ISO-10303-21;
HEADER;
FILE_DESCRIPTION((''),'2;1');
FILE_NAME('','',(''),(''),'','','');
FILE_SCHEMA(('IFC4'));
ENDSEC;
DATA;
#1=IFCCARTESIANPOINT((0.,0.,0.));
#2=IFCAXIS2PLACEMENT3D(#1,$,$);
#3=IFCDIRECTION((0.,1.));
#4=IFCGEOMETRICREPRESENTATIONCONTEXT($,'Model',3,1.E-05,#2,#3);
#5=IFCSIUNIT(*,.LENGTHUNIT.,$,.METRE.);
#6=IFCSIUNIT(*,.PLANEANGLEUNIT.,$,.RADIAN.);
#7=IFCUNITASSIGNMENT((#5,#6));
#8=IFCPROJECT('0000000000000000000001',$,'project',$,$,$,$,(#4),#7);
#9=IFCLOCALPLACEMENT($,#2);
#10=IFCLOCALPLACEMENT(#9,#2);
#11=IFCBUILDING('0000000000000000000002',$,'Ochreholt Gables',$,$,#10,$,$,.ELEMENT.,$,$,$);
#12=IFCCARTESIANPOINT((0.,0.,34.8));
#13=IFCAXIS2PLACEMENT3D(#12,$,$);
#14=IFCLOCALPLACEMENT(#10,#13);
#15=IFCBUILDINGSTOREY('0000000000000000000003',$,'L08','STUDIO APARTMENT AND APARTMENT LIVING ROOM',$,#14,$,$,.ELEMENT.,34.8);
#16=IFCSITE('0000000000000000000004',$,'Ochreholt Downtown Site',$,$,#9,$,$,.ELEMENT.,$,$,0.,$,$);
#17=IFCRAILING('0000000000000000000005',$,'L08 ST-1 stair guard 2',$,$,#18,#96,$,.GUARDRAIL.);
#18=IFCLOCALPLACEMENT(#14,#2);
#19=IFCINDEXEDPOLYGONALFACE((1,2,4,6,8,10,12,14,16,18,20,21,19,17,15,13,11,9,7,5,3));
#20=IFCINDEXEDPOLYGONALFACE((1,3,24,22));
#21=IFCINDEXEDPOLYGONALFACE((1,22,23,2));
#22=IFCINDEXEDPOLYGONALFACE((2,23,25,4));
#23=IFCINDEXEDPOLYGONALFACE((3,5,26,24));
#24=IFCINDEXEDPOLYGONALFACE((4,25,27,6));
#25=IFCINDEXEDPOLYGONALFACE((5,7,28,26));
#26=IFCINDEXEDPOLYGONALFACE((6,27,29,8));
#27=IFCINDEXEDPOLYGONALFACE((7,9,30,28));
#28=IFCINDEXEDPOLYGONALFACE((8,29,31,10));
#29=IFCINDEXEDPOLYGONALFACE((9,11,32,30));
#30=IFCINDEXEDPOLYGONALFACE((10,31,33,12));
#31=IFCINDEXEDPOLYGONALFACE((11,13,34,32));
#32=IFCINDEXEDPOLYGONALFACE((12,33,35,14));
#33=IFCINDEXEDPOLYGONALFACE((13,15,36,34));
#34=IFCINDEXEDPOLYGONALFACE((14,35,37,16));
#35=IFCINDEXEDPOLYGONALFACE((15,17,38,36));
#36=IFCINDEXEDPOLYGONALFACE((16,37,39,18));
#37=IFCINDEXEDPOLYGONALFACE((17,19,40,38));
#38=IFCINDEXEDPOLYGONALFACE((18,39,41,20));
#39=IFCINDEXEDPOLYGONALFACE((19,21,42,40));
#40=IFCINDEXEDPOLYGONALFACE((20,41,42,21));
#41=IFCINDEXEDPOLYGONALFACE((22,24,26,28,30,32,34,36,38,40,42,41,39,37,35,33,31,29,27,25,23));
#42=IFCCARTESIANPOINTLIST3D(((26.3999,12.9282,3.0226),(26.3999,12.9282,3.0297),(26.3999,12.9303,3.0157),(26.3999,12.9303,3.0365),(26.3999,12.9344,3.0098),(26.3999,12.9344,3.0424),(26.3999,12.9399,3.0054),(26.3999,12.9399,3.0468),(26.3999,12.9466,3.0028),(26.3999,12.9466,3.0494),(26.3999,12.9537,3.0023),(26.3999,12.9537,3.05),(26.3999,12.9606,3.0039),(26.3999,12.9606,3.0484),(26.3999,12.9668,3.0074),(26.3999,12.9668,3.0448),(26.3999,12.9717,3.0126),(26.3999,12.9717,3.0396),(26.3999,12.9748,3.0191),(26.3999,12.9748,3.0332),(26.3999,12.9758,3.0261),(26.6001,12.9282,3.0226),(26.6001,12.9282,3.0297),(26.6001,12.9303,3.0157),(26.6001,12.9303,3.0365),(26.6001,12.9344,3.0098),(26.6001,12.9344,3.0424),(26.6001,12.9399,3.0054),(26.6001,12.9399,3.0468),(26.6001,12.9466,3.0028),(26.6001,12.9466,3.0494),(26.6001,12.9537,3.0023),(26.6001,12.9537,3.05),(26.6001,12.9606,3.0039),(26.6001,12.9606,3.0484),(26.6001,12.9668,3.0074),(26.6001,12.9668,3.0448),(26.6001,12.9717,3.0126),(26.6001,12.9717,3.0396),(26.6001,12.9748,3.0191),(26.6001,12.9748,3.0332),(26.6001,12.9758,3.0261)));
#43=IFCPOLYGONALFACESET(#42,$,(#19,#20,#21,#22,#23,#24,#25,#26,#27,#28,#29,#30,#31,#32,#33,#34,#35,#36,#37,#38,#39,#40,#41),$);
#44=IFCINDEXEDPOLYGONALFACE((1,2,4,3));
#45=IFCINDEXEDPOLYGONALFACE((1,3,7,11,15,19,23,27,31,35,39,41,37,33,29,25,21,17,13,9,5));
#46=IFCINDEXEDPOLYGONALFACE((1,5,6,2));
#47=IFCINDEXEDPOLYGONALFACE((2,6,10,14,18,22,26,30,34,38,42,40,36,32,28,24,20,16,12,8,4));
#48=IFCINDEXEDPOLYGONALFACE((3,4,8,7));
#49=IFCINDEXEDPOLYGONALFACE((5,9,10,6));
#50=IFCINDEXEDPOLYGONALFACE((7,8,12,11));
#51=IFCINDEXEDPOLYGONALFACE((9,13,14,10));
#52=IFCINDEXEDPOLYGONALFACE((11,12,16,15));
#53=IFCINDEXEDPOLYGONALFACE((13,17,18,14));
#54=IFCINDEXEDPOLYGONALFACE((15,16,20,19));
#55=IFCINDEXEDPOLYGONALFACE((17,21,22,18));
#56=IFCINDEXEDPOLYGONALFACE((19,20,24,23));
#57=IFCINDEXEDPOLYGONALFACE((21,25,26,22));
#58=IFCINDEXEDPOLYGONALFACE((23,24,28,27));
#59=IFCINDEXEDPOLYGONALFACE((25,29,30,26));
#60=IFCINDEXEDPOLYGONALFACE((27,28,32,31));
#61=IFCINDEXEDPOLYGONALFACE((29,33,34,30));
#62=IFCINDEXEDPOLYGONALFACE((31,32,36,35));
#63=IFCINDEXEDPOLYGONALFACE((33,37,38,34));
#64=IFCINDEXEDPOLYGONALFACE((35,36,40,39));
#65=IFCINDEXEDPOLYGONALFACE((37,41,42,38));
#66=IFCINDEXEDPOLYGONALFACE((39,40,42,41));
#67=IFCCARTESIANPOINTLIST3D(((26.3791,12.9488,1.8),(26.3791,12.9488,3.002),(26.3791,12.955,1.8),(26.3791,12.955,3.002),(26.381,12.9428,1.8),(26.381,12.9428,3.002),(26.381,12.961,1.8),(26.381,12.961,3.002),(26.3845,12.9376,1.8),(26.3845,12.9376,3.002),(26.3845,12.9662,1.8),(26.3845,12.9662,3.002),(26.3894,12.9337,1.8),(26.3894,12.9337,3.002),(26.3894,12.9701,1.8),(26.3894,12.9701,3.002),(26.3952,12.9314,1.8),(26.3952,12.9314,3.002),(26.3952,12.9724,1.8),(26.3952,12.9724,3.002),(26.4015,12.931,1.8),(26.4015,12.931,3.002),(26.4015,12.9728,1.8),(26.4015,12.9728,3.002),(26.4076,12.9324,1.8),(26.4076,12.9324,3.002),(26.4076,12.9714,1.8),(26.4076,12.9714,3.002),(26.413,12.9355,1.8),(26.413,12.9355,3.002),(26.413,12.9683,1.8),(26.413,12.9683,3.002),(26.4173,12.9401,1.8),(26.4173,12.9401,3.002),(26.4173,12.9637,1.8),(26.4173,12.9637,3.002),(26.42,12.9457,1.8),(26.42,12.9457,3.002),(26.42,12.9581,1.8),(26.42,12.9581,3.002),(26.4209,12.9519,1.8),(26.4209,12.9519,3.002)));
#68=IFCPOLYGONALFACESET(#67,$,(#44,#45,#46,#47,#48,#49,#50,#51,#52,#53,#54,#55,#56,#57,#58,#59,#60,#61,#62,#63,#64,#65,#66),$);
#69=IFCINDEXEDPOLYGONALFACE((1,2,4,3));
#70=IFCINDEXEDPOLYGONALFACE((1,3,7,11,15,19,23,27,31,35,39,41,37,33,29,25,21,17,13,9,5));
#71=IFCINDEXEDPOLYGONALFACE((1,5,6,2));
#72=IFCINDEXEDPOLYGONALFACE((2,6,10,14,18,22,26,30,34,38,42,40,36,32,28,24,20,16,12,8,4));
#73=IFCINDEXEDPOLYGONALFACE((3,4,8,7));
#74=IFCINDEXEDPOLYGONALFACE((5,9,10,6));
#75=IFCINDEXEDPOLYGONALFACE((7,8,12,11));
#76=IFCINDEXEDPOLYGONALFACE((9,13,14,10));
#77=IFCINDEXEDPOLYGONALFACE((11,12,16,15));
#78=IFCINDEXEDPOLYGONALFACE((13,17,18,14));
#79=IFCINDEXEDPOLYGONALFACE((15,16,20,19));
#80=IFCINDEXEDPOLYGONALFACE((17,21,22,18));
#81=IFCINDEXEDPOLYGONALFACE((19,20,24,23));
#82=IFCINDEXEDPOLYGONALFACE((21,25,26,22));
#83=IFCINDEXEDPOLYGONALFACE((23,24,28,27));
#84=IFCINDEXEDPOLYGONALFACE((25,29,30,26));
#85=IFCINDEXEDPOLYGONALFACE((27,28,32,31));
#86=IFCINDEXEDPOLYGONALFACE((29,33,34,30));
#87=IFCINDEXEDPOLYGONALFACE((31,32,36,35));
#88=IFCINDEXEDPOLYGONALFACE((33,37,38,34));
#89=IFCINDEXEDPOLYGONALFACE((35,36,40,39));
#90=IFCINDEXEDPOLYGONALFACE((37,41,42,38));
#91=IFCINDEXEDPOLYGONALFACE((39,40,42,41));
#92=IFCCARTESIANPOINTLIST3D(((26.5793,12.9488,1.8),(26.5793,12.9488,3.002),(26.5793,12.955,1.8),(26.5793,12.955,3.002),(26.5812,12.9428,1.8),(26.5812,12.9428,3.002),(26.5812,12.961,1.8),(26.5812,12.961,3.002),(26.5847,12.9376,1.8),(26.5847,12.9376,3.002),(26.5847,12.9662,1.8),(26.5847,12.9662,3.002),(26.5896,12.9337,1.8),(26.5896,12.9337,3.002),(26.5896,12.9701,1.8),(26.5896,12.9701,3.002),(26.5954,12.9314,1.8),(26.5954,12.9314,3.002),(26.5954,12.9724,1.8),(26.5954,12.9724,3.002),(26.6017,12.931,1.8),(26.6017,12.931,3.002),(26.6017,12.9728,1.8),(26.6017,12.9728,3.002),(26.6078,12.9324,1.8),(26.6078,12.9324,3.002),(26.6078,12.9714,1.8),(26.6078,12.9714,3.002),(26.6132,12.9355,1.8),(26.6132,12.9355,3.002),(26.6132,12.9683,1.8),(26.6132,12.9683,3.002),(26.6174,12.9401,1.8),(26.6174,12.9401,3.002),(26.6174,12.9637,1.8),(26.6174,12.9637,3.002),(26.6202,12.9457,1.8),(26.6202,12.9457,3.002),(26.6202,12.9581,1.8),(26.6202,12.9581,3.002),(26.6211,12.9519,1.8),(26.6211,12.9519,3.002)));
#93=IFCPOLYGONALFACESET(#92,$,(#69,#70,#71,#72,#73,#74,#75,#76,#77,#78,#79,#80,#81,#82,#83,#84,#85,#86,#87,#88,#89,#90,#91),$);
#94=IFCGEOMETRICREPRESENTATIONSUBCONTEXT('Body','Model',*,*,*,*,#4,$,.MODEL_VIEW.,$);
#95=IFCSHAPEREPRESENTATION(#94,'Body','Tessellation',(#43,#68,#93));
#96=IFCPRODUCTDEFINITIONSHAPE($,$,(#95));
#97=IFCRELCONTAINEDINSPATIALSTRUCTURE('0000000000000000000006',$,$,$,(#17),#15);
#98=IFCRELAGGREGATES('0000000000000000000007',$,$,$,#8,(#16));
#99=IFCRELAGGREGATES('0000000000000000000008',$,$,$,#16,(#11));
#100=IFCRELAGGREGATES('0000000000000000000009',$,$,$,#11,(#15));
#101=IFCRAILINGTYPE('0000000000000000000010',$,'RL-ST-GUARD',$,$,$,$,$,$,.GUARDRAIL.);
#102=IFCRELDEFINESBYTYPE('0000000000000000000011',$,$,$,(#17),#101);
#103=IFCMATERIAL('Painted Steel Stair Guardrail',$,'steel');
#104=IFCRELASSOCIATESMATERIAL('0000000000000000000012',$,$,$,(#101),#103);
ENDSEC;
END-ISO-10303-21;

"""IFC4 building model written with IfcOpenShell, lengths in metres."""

from ifc_helpers import new_model, si_unit, direction, frame, origin, origin_2d, place, context, subcontext, project, spatial, circle, extrude, material, type_object, element, save


model = new_model("IFC4")

# Units and contexts
model_context = context("Model", 3, precision=1e-05, world=origin(), true_north=direction((0.0, 1.0)))
body_context = subcontext(model_context, "Body", "Model", "MODEL_VIEW")
ifc_project = project(units=[si_unit("LENGTHUNIT", "METRE"), si_unit("PLANEANGLEUNIT", "RADIAN")], contexts=[model_context])

# Site, building, storey
site_placement = place(None, origin())
site = spatial("IfcSite", under=ifc_project, at=site_placement, Name="Ochreholt Downtown Site", CompositionType="ELEMENT", RefElevation=0.0)
building_placement = place(site_placement, origin())
building = spatial("IfcBuilding", under=site, at=building_placement, Name="Ochreholt Gables", CompositionType="ELEMENT")
storey_placement = place(building_placement, frame((0.0, 0.0, 34.8)))
storey = spatial("IfcBuildingStorey", under=building, at=storey_placement, Name="L08", Description="STUDIO APARTMENT AND APARTMENT LIVING ROOM", CompositionType="ELEMENT", Elevation=34.8)

# Railing
ifc_material_1 = material(Name="Painted Steel Stair Guardrail", Category="steel")
railing_type_1 = type_object("IfcRailingType", Name="RL-ST-GUARD", PredefinedType="GUARDRAIL", material=ifc_material_1)
railing_1_placement = place(storey_placement, frame((26.3999, 12.9519, 1.8)))
element("IfcRailing", 1, at=railing_1_placement, inside=storey, type_object=railing_type_1, Name="L08 ST-1 stair guard 2", PredefinedType="GUARDRAIL", context=body_context, shape_type="SweptSolid", body=[
    extrude(circle(Radius=0.0239, at=origin_2d()), frame((0.0, 0.0, 1.2261), z_axis=(1.0, 0.0, 0.0), x_axis=(0.0, 1.0, 0.0)), (0.0, 0.0, 1.0), 0.2002),
    extrude(circle(Radius=0.021, at=origin_2d()), origin(), (0.0, 0.0, 1.0), 1.2019),
    extrude(circle(Radius=0.021, at=origin_2d()), frame((0.2002, 0.0, 0.0)), (0.0, 0.0, 1.0), 1.2019),
])

save(model, "model.ifc")
